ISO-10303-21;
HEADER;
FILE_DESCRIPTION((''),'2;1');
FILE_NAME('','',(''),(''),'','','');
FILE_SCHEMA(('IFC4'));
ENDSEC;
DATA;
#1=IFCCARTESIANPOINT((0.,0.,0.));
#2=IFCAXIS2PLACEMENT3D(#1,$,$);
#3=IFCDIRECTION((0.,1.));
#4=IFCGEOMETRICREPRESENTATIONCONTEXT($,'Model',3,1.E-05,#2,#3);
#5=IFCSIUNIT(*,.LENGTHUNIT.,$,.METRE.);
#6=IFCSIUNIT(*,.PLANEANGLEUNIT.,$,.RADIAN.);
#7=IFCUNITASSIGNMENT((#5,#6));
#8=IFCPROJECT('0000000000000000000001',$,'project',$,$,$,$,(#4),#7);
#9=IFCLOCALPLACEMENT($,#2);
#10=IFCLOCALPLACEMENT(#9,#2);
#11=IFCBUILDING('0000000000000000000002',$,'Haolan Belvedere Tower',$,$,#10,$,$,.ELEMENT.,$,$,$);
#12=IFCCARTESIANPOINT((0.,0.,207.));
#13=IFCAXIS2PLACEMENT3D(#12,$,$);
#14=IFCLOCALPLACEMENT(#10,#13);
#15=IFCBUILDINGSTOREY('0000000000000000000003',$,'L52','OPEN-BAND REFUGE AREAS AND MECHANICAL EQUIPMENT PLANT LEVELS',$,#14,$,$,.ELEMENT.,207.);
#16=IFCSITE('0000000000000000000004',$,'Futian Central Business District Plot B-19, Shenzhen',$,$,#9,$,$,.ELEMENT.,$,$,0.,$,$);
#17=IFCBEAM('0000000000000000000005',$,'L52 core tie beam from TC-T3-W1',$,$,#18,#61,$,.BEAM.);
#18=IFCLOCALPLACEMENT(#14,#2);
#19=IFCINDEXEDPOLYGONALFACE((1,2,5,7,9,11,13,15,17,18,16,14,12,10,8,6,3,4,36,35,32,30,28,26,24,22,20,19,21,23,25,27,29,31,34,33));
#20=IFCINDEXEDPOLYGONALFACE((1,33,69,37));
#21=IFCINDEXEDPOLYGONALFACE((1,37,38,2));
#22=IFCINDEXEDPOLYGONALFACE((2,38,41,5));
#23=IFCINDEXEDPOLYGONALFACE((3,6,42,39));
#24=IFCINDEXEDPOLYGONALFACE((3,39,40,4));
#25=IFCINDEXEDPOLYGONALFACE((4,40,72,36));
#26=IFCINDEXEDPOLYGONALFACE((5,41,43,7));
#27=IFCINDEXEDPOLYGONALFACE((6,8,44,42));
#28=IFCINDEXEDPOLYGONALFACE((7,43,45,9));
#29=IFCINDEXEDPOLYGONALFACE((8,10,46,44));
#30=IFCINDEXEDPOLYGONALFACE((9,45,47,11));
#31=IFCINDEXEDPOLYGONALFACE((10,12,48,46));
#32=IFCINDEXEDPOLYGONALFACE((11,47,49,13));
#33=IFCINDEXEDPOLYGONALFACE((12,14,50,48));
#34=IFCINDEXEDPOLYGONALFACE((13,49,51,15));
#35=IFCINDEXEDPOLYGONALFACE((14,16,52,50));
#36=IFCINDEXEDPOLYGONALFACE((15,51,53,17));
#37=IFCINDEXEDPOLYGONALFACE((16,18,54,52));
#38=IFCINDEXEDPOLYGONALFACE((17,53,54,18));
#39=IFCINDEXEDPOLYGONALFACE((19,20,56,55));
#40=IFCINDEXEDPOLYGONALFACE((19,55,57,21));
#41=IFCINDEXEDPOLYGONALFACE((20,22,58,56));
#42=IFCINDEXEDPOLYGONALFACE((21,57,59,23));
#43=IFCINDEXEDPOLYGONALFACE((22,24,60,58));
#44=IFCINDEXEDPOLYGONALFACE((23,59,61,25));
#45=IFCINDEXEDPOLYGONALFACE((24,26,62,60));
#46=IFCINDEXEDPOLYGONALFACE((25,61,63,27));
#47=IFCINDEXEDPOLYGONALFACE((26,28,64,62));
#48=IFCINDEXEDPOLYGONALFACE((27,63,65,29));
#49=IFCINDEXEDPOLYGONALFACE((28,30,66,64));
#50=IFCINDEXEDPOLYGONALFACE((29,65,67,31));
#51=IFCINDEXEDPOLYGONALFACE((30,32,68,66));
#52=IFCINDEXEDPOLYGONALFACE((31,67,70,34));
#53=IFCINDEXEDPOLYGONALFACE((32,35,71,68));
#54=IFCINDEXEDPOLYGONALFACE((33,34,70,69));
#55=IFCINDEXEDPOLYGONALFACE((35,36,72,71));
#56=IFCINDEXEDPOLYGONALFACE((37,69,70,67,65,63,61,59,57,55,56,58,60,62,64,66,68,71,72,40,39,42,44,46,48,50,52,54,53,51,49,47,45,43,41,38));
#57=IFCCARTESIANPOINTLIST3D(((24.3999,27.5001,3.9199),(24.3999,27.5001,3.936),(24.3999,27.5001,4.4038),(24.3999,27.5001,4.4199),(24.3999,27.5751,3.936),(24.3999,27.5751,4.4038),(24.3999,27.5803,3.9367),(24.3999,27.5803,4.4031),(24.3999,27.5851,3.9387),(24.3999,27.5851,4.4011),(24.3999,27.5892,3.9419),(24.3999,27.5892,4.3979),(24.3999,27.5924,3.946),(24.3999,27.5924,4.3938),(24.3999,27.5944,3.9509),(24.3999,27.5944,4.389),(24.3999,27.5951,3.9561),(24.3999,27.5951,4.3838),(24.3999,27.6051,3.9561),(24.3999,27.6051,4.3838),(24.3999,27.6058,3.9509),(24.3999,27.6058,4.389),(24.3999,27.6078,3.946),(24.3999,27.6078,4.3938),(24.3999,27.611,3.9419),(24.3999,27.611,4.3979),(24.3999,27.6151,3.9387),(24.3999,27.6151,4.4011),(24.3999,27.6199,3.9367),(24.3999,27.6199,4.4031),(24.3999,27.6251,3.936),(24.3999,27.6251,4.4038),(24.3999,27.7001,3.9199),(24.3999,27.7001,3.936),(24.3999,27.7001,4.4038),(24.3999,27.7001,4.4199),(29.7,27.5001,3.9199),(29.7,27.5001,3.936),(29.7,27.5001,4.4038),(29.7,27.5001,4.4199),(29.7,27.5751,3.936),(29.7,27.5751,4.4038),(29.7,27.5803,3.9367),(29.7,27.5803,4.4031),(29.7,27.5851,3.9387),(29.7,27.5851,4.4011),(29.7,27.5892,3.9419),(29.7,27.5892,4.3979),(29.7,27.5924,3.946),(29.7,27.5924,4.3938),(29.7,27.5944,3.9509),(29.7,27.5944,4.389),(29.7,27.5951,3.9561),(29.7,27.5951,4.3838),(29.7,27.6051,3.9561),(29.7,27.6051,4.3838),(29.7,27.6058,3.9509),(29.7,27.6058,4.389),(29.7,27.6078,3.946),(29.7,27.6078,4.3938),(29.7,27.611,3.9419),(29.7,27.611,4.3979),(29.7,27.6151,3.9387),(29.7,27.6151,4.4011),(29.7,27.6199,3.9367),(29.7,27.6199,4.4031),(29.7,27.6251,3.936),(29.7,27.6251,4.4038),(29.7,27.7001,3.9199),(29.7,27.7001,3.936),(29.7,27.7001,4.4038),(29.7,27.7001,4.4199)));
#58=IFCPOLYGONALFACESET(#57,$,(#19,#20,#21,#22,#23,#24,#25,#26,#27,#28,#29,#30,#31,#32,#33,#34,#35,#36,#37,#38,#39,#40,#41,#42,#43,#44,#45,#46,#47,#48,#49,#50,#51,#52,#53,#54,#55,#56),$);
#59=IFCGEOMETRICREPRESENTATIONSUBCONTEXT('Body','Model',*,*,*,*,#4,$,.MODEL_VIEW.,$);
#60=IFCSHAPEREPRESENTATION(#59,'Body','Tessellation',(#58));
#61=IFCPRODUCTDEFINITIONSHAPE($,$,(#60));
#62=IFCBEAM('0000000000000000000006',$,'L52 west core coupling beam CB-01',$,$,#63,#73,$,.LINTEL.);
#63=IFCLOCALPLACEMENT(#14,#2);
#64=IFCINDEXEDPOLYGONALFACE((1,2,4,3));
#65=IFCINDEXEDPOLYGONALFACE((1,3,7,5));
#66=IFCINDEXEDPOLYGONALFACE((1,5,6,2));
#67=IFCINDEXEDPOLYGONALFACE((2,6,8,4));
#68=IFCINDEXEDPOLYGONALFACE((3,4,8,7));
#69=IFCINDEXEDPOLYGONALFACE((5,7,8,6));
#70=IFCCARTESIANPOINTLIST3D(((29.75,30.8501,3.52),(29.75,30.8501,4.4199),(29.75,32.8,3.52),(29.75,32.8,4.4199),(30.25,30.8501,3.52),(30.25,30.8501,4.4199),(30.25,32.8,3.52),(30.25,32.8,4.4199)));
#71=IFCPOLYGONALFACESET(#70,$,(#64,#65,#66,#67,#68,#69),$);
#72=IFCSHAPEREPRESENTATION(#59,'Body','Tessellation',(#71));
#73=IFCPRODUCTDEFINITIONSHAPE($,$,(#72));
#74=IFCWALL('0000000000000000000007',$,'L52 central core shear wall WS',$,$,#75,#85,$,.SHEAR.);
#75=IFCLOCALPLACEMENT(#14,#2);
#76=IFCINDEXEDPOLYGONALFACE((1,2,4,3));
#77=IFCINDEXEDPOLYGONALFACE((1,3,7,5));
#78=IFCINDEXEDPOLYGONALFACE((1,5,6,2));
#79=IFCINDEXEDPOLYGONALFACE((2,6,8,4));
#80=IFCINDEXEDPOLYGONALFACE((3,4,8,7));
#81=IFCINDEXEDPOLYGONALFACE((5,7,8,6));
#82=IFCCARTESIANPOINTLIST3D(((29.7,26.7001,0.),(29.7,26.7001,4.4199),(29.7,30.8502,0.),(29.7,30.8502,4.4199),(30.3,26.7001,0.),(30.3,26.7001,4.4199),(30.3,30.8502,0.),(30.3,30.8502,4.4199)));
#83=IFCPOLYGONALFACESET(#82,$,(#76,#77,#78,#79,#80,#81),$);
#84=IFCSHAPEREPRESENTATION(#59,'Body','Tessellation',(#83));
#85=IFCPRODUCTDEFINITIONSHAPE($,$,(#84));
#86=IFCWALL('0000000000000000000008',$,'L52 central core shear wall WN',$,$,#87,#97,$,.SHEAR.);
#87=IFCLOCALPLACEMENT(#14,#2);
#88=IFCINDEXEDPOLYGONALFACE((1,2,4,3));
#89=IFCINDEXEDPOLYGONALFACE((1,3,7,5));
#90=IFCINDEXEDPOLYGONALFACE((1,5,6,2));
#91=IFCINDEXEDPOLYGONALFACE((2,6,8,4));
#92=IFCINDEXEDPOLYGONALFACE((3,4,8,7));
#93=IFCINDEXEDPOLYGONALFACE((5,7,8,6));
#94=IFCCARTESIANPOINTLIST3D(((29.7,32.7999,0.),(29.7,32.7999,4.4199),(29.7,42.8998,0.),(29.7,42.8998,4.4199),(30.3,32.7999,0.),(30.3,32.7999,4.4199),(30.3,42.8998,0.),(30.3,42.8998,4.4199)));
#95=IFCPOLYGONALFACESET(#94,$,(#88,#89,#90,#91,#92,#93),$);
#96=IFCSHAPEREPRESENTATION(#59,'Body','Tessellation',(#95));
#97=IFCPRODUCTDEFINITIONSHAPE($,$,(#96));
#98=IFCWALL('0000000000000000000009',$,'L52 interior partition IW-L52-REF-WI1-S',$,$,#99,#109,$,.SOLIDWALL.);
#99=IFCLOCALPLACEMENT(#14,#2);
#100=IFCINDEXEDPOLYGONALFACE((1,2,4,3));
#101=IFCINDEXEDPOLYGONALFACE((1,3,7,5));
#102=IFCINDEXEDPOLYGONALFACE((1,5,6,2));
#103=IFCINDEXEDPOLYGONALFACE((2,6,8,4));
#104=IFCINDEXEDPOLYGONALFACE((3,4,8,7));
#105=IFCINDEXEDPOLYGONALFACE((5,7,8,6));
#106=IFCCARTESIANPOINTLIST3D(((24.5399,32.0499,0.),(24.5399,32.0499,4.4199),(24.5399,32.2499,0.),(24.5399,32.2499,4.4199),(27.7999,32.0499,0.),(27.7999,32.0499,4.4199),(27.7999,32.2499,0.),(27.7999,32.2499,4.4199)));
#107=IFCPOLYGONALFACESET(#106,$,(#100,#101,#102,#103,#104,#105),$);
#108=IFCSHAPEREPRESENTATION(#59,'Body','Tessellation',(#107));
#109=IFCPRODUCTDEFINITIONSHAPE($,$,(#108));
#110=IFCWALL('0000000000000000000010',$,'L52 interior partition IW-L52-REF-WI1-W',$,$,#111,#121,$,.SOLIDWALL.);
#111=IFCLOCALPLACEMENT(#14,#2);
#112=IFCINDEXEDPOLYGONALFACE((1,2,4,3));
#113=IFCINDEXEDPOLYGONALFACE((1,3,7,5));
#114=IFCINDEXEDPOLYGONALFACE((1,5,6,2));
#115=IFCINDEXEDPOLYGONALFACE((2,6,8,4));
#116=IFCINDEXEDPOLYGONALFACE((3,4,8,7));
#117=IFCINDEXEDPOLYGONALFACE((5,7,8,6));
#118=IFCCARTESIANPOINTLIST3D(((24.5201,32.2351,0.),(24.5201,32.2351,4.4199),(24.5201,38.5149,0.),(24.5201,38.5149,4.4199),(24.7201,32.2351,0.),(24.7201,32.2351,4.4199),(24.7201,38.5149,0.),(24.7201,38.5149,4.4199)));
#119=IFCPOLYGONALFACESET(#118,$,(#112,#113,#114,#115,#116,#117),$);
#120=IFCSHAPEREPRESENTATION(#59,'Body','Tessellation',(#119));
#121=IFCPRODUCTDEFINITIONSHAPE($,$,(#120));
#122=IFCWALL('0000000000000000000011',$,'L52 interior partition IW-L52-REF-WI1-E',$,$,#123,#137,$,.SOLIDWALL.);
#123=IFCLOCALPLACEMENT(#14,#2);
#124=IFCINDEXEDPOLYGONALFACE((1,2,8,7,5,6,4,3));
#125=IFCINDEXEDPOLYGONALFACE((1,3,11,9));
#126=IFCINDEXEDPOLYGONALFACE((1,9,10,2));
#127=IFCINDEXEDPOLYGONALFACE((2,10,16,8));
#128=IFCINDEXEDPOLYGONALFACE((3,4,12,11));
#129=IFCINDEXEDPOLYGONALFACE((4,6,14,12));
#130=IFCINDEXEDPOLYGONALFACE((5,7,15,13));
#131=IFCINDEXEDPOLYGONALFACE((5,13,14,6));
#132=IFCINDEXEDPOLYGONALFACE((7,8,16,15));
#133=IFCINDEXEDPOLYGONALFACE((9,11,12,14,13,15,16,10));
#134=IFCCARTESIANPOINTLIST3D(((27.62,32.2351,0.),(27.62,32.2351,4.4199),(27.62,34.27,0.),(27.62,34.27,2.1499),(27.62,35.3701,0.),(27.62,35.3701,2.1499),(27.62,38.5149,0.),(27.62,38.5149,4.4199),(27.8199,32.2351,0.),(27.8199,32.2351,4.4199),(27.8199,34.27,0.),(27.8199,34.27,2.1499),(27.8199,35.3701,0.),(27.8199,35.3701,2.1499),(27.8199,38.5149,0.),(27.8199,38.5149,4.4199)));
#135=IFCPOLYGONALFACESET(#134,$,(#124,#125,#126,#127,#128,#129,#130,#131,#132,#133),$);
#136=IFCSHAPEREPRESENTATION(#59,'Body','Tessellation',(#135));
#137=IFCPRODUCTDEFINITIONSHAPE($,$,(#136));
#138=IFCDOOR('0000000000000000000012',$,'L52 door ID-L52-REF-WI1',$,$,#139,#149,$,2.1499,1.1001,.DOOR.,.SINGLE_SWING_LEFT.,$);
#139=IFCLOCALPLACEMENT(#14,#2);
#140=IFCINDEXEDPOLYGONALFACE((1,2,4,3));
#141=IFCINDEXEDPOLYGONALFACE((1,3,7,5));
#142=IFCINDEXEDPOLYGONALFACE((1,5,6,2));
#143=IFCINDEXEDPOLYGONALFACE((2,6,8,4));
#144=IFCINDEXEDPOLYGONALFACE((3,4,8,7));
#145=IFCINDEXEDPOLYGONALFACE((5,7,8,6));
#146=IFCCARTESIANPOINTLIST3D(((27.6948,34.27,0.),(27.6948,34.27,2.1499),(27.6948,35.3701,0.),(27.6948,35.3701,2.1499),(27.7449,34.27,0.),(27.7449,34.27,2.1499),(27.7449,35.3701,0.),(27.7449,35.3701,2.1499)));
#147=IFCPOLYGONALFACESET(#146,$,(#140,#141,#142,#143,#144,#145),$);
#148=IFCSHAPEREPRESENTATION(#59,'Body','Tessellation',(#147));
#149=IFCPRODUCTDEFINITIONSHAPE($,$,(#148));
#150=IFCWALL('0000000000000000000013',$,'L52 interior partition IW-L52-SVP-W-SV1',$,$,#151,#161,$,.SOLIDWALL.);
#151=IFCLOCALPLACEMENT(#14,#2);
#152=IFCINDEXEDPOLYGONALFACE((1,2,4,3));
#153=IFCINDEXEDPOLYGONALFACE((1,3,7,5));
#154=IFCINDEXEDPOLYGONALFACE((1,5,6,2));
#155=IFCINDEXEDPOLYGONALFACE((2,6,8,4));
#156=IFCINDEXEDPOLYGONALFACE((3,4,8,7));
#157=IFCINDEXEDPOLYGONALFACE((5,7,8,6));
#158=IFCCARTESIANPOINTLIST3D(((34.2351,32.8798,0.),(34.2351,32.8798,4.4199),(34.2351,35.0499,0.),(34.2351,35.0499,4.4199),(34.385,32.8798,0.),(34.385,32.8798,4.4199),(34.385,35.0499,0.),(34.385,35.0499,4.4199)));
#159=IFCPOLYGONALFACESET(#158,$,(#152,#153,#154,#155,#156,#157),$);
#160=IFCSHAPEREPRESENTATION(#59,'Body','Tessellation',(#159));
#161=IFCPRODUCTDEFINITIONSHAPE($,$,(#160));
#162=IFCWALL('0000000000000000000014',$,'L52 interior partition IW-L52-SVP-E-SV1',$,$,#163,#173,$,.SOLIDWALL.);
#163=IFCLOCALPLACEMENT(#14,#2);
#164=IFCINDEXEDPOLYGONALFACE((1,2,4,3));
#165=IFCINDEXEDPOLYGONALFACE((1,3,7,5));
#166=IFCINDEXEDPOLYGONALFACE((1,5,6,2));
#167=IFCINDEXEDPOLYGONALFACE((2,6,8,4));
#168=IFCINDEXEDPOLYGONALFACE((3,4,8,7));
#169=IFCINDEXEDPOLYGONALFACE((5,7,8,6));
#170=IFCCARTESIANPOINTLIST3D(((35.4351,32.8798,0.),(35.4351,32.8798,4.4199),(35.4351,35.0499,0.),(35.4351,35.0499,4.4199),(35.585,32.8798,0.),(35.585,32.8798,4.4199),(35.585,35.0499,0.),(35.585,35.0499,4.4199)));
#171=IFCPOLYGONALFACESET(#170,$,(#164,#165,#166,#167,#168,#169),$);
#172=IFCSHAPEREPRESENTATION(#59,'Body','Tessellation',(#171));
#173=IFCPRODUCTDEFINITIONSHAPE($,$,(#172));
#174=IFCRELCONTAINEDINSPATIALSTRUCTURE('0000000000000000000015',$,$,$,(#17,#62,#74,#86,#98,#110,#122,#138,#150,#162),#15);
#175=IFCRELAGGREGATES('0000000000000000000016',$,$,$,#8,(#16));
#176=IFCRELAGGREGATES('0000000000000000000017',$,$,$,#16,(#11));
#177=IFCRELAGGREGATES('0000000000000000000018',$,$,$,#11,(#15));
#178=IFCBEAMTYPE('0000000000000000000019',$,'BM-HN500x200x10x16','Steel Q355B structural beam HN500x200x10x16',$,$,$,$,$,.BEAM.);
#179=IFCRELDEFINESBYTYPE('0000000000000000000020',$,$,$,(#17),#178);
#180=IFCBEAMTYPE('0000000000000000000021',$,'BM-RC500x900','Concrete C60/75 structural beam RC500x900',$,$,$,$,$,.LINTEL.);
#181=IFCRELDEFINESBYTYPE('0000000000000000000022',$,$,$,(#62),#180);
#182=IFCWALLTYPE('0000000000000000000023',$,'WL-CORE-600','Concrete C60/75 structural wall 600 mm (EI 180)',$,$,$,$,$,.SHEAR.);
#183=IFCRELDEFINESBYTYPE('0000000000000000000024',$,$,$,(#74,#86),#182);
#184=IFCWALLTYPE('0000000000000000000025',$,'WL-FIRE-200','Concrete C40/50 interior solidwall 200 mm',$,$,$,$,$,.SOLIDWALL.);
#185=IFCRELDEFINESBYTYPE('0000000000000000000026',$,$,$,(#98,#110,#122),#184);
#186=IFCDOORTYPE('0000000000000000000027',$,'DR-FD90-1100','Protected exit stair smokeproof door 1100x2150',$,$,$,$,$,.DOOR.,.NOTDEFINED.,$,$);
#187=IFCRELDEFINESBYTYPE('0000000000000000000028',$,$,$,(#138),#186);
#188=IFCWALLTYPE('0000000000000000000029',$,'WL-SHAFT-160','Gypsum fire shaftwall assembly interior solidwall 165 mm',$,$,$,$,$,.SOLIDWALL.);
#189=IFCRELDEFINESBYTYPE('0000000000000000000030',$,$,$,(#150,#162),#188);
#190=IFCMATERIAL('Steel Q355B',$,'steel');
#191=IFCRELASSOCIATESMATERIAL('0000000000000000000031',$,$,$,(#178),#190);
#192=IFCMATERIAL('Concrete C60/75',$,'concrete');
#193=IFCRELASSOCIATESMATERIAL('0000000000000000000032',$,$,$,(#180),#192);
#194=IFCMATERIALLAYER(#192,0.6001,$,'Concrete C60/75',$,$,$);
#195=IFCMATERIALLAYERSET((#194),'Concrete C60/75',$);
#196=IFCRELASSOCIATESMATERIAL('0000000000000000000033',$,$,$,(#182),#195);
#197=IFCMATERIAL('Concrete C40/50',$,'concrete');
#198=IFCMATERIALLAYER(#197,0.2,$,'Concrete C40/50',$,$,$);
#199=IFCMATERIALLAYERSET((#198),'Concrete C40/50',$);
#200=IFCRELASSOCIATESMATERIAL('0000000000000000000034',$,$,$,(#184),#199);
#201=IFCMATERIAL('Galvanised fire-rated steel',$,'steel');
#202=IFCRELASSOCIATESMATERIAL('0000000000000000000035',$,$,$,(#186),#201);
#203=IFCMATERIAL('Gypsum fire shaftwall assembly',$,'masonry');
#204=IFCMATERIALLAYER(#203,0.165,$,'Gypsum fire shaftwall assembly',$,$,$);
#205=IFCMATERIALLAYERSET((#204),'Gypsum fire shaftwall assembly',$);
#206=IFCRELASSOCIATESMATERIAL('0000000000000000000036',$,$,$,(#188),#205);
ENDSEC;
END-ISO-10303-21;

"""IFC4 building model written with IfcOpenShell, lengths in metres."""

from ifc_helpers import new_model, si_unit, direction, frame, frame_2d, origin, origin_2d, place, context, subcontext, project, spatial, rectangle, i_section, extrude, material, layer, layer_set, material_profile, profile_set, type_object, element, fill, save


model = new_model("IFC4")

# Units and contexts
model_context = context("Model", 3, precision=1e-05, world=origin(), true_north=direction((0.0, 1.0)))
body_context = subcontext(model_context, "Body", "Model", "MODEL_VIEW")
ifc_project = project(units=[si_unit("LENGTHUNIT", "METRE"), si_unit("PLANEANGLEUNIT", "RADIAN")], contexts=[model_context])

# Site, building, storey
site_placement = place(None, origin())
site = spatial("IfcSite", under=ifc_project, at=site_placement, Name="Futian Central Business District Plot B-19, Shenzhen", CompositionType="ELEMENT", RefElevation=0.0)
building_placement = place(site_placement, origin())
building = spatial("IfcBuilding", under=site, at=building_placement, Name="Haolan Belvedere Tower", CompositionType="ELEMENT")
storey_placement = place(building_placement, frame((0.0, 0.0, 207.0)))
storey = spatial("IfcBuildingStorey", under=building, at=storey_placement, Name="L52", Description="OPEN-BAND REFUGE AREAS AND MECHANICAL EQUIPMENT PLANT LEVELS", CompositionType="ELEMENT", Elevation=207.0)

# Beams
ifc_material_1 = material(Name="Steel Q355B", Category="steel")
ifc_material_profile_1 = material_profile(ifc_material_1, i_section(OverallWidth=0.2, OverallDepth=0.5, WebThickness=0.01, FlangeThickness=0.0161, FilletRadius=0.02, at=origin_2d()), Name="Steel Q355B")
ifc_profile_set_1 = profile_set([ifc_material_profile_1], Name="Steel Q355B")
beam_type_1 = type_object("IfcBeamType", Name="BM-HN500x200x10x16", Description="Steel Q355B structural beam HN500x200x10x16", PredefinedType="BEAM", material=ifc_profile_set_1)
beam_1_placement = place(storey_placement, frame((24.3999, 27.6001, 4.1699), z_axis=(1.0, 0.0, 0.0), x_axis=(0.0, 1.0, 0.0)))
element("IfcBeam", 1, at=beam_1_placement, inside=storey, type_object=beam_type_1, Name="L52 core tie beam from TC-T3-W1", PredefinedType="BEAM", context=body_context, shape_type="SweptSolid", body=[
    extrude(i_section(OverallWidth=0.2, OverallDepth=0.5, WebThickness=0.01, FlangeThickness=0.0161, FilletRadius=0.02, at=origin_2d()), origin(), (0.0, 0.0, 1.0), 5.3),
])
ifc_material_2 = material(Name="Concrete C60/75", Category="concrete")
ifc_material_profile_2 = material_profile(ifc_material_2, rectangle(XDim=0.5, YDim=0.8999, at=origin_2d()), Name="Concrete C60/75")
ifc_profile_set_2 = profile_set([ifc_material_profile_2], Name="Concrete C60/75")
beam_type_2 = type_object("IfcBeamType", Name="BM-RC500x900", Description="Concrete C60/75 structural beam RC500x900", PredefinedType="LINTEL", material=ifc_profile_set_2)
beam_2_placement = place(storey_placement, frame((30.0, 30.8501, 3.97), z_axis=(0.0, 1.0, 0.0), x_axis=(-1.0, 0.0, 0.0)))
element("IfcBeam", 2, at=beam_2_placement, inside=storey, type_object=beam_type_2, Name="L52 west core coupling beam CB-01", PredefinedType="LINTEL", context=body_context, shape_type="SweptSolid", body=[
    extrude(rectangle(XDim=0.5, YDim=0.8999, at=origin_2d()), origin(), (0.0, 0.0, 1.0), 1.95),
])

# Walls
ifc_layer_1 = layer(ifc_material_2, 0.6001, Name="Concrete C60/75")
ifc_layer_set_1 = layer_set([ifc_layer_1], Name="Concrete C60/75")
wall_type_1 = type_object("IfcWallType", Name="WL-CORE-600", Description="Concrete C60/75 structural wall 600 mm (EI 180)", PredefinedType="SHEAR", material=ifc_layer_set_1)
wall_1_placement = place(storey_placement, frame((30.0, 26.7, 0.0), z_axis=(0.0, 0.0, 1.0), x_axis=(0.0, 1.0, 0.0)))
element("IfcWall", 3, at=wall_1_placement, inside=storey, type_object=wall_type_1, Name="L52 central core shear wall WS", PredefinedType="SHEAR", context=body_context, shape_type="SweptSolid", body=[
    extrude(rectangle(XDim=4.1501, YDim=0.6001, at=frame_2d((2.0752, 0.0))), origin(), (0.0, 0.0, 1.0), 4.4199),
])
wall_2_placement = place(storey_placement, frame((30.0, 32.8, 0.0), z_axis=(0.0, 0.0, 1.0), x_axis=(0.0, 1.0, 0.0)))
element("IfcWall", 4, at=wall_2_placement, inside=storey, type_object=wall_type_1, Name="L52 central core shear wall WN", PredefinedType="SHEAR", context=body_context, shape_type="SweptSolid", body=[
    extrude(rectangle(XDim=10.0999, YDim=0.6001, at=frame_2d((5.0498, 0.0))), origin(), (0.0, 0.0, 1.0), 4.4199),
])
ifc_material_3 = material(Name="Concrete C40/50", Category="concrete")
ifc_layer_2 = layer(ifc_material_3, 0.2, Name="Concrete C40/50")
ifc_layer_set_2 = layer_set([ifc_layer_2], Name="Concrete C40/50")
wall_type_2 = type_object("IfcWallType", Name="WL-FIRE-200", Description="Concrete C40/50 interior solidwall 200 mm", PredefinedType="SOLIDWALL", material=ifc_layer_set_2)
wall_3_placement = place(storey_placement, frame((24.54, 32.1499, 0.0), z_axis=(0.0, 0.0, 1.0), x_axis=(1.0, 0.0, 0.0)))
element("IfcWall", 5, at=wall_3_placement, inside=storey, type_object=wall_type_2, Name="L52 interior partition IW-L52-REF-WI1-S", PredefinedType="SOLIDWALL", context=body_context, shape_type="SweptSolid", body=[
    extrude(rectangle(XDim=3.26, YDim=0.2, at=frame_2d((1.6299, 0.0))), origin(), (0.0, 0.0, 1.0), 4.4199),
])
wall_4_placement = place(storey_placement, frame((24.6201, 32.2351, 0.0), z_axis=(0.0, 0.0, 1.0), x_axis=(0.0, 1.0, 0.0)))
element("IfcWall", 6, at=wall_4_placement, inside=storey, type_object=wall_type_2, Name="L52 interior partition IW-L52-REF-WI1-W", PredefinedType="SOLIDWALL", context=body_context, shape_type="SweptSolid", body=[
    extrude(rectangle(XDim=6.2798, YDim=0.2, at=frame_2d((3.1399, 0.0))), origin(), (0.0, 0.0, 1.0), 4.4199),
])

# Wall, opening, door
wall_5_placement = place(storey_placement, frame((27.72, 32.2351, 0.0), z_axis=(0.0, 0.0, 1.0), x_axis=(0.0, 1.0, 0.0)))
wall_5 = element("IfcWall", 7, at=wall_5_placement, inside=storey, type_object=wall_type_2, Name="L52 interior partition IW-L52-REF-WI1-E", PredefinedType="SOLIDWALL", context=body_context, shape_type="SweptSolid", body=[
    extrude(rectangle(XDim=6.2798, YDim=0.2, at=frame_2d((3.1399, 0.0))), origin(), (0.0, 0.0, 1.0), 4.4199),
])
opening_1_placement = place(wall_5_placement, frame((3.135, 0.0, 0.0), z_axis=(0.0, 0.0, 1.0), x_axis=(-1.0, 0.0, 0.0)))
opening_1 = element("IfcOpeningElement", 8, at=opening_1_placement, cuts=wall_5, PredefinedType="OPENING", context=body_context, shape_type="SweptSolid", body=[
    extrude(rectangle(XDim=1.1001, YDim=2.1499, at=frame_2d((0.55, 1.075))), frame((0.0, 0.1099, 0.0), z_axis=(0.0, -1.0, 0.0), x_axis=(1.0, 0.0, 0.0)), (0.0, 0.0, 1.0), 0.22),
])
ifc_material_4 = material(Name="Galvanised fire-rated steel", Category="steel")
door_type_1 = type_object("IfcDoorType", Name="DR-FD90-1100", Description="Protected exit stair smokeproof door 1100x2150", OperationType="NOTDEFINED", PredefinedType="DOOR", material=ifc_material_4)
door_1_placement = place(opening_1_placement, origin())
door_1 = element("IfcDoor", 9, at=door_1_placement, inside=storey, type_object=door_type_1, Name="L52 door ID-L52-REF-WI1", OperationType="SINGLE_SWING_LEFT", OverallHeight=2.1499, OverallWidth=1.1001, PredefinedType="DOOR", context=body_context, shape_type="SweptSolid", body=[
    extrude(rectangle(XDim=1.1001, YDim=2.1499, at=frame_2d((0.55, 1.075))), frame((0.0, 0.0249, 0.0), z_axis=(0.0, -1.0, 0.0), x_axis=(1.0, 0.0, 0.0)), (0.0, 0.0, 1.0), 0.05),
])
fill(opening_1, door_1)

# Walls
ifc_material_5 = material(Name="Gypsum fire shaftwall assembly", Category="masonry")
ifc_layer_3 = layer(ifc_material_5, 0.165, Name="Gypsum fire shaftwall assembly")
ifc_layer_set_3 = layer_set([ifc_layer_3], Name="Gypsum fire shaftwall assembly")
wall_type_3 = type_object("IfcWallType", Name="WL-SHAFT-160", Description="Gypsum fire shaftwall assembly interior solidwall 165 mm", PredefinedType="SOLIDWALL", material=ifc_layer_set_3)
for number, where, z_axis, x_axis, name in (
    (10, (34.3101, 32.8799, 0.0), (0.0, 0.0, 1.0), (0.0, 1.0, 0.0), "L52 interior partition IW-L52-SVP-W-SV1"),
    (11, (35.51, 32.8799, 0.0), (0.0, 0.0, 1.0), (0.0, 1.0, 0.0), "L52 interior partition IW-L52-SVP-E-SV1"),
):
    element("IfcWall", number, at=place(storey_placement, frame(where, z_axis=z_axis, x_axis=x_axis)), inside=storey, type_object=wall_type_3, Name=name, PredefinedType="SOLIDWALL", context=body_context, shape_type="SweptSolid", body=[
        extrude(rectangle(XDim=2.1702, YDim=0.1499, at=frame_2d((1.085, 0.0))), origin(), (0.0, 0.0, 1.0), 4.4199),
    ])

save(model, "model.ifc")
